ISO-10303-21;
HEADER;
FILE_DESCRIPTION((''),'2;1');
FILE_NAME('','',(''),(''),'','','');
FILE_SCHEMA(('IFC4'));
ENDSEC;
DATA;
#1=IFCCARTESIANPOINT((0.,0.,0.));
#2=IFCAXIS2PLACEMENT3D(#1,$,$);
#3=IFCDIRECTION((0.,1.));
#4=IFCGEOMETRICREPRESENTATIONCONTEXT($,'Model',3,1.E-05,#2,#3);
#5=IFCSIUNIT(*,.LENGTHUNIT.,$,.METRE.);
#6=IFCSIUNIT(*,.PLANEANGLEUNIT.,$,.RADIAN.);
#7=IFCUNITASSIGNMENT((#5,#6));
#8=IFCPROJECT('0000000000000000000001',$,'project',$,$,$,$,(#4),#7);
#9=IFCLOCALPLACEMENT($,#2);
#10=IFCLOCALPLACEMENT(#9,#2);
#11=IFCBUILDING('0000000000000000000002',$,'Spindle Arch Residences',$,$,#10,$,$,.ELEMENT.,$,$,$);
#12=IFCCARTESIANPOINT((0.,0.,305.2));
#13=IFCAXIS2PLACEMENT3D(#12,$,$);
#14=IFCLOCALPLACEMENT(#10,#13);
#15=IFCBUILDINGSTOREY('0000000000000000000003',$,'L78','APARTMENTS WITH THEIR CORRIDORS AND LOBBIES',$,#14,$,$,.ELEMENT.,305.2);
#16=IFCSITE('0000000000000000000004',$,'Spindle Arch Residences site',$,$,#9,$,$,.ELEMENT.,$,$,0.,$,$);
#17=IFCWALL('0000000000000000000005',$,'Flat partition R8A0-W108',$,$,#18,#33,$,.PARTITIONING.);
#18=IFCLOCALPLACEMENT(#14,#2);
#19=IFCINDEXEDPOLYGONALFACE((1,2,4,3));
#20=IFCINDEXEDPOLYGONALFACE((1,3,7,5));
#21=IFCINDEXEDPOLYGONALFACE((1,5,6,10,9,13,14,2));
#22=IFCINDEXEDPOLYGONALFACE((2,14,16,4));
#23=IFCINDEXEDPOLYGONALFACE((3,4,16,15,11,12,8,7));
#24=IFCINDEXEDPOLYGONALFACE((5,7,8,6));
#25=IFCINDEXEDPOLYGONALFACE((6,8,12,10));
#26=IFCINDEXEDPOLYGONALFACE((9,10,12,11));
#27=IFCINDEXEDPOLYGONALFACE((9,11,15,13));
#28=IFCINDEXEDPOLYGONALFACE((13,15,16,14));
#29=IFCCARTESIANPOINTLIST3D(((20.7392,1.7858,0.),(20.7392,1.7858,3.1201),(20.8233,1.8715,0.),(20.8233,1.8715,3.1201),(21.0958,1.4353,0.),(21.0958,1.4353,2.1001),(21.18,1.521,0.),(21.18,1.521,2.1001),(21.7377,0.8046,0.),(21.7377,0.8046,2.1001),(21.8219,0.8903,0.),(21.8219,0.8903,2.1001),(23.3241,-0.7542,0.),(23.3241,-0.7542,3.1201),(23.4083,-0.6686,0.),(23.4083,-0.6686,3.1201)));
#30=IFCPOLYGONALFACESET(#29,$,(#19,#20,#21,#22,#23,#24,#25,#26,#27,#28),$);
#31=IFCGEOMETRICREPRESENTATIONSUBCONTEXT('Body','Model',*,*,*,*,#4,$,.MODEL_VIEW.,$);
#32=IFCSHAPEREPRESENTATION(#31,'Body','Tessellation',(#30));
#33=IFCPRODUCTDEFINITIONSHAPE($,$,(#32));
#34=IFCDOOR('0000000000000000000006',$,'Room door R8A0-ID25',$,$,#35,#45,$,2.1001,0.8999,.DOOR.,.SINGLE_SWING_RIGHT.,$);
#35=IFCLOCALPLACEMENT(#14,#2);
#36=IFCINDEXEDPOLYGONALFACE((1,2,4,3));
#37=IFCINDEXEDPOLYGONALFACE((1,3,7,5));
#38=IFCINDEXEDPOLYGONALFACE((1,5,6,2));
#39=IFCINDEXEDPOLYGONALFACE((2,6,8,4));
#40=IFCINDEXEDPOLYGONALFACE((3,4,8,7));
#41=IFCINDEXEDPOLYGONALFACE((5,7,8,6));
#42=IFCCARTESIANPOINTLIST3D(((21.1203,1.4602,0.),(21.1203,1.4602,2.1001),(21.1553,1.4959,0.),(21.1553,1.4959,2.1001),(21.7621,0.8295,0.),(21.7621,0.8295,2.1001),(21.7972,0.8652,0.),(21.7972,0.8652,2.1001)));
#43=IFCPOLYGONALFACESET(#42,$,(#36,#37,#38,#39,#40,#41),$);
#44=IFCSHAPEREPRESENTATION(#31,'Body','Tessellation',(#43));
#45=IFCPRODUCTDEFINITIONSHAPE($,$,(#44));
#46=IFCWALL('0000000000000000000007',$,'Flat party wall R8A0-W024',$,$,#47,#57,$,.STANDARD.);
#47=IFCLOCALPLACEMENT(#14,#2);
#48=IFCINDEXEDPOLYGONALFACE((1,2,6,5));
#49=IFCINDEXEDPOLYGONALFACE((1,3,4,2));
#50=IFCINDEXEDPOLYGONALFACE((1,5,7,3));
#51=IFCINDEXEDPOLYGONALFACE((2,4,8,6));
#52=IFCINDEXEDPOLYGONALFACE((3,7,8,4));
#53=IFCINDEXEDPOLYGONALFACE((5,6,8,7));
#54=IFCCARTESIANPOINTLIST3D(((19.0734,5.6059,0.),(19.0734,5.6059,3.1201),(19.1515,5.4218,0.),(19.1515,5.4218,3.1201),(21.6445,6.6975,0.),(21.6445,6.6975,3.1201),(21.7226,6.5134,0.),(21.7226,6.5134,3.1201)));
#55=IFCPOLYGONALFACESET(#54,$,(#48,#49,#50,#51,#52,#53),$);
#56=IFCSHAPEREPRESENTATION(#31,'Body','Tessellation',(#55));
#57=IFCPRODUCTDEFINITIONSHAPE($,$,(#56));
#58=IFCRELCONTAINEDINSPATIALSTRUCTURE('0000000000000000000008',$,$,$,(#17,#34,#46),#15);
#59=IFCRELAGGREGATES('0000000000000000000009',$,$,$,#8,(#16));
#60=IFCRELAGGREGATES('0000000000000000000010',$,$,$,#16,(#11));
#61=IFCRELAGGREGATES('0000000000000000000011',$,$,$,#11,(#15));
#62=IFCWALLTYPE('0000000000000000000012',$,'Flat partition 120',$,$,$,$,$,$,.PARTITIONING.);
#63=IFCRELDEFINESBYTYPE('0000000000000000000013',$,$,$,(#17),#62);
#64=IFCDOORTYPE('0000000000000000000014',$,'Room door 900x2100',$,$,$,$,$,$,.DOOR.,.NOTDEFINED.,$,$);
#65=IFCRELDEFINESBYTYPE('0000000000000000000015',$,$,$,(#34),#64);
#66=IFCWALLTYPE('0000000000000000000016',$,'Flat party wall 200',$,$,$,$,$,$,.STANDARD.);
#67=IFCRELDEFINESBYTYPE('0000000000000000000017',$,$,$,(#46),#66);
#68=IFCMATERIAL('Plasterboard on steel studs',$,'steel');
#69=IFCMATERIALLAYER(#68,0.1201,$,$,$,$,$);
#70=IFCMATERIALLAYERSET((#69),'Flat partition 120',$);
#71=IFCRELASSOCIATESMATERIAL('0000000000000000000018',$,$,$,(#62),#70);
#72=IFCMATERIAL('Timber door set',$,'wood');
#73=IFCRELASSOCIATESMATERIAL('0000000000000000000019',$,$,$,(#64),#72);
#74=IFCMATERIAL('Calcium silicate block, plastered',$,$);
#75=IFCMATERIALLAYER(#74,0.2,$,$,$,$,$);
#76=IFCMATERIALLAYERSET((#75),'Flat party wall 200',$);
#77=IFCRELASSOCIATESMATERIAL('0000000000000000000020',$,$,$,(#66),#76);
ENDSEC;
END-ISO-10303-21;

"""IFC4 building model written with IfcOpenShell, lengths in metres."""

from ifc_helpers import new_model, si_unit, direction, frame, frame_2d, origin, place, context, subcontext, project, spatial, rectangle, extrude, material, layer, layer_set, type_object, element, fill, save


model = new_model("IFC4")

# Units and contexts
model_context = context("Model", 3, precision=1e-05, world=origin(), true_north=direction((0.0, 1.0)))
body_context = subcontext(model_context, "Body", "Model", "MODEL_VIEW")
ifc_project = project(units=[si_unit("LENGTHUNIT", "METRE"), si_unit("PLANEANGLEUNIT", "RADIAN")], contexts=[model_context])

# Site, building, storey
site_placement = place(None, origin())
site = spatial("IfcSite", under=ifc_project, at=site_placement, Name="Spindle Arch Residences site", CompositionType="ELEMENT", RefElevation=0.0)
building_placement = place(site_placement, origin())
building = spatial("IfcBuilding", under=site, at=building_placement, Name="Spindle Arch Residences", CompositionType="ELEMENT")
storey_placement = place(building_placement, frame((0.0, 0.0, 305.2)))
storey = spatial("IfcBuildingStorey", under=building, at=storey_placement, Name="L78", Description="APARTMENTS WITH THEIR CORRIDORS AND LOBBIES", CompositionType="ELEMENT", Elevation=305.2)

# Shared definitions
ifc_material_1 = material(Name="Plasterboard on steel studs", Category="steel")
ifc_layer_1 = layer(ifc_material_1, 0.1201)
ifc_layer_set_1 = layer_set([ifc_layer_1], Name="Flat partition 120")
wall_type_1 = type_object("IfcWallType", Name="Flat partition 120", PredefinedType="PARTITIONING", material=ifc_layer_set_1)
ifc_material_2 = material(Name="Timber door set", Category="wood")
door_type_1 = type_object("IfcDoorType", Name="Room door 900x2100", OperationType="NOTDEFINED", PredefinedType="DOOR", material=ifc_material_2)

# Wall, opening, door
wall_1_placement = place(storey_placement, frame((20.7812, 1.8286, 0.0), z_axis=(0.0, 0.0, 1.0), x_axis=(0.713277, -0.700882, 0.0)))
wall_1 = element("IfcWall", 1, at=wall_1_placement, inside=storey, type_object=wall_type_1, Name="Flat partition R8A0-W108", PredefinedType="PARTITIONING", context=body_context, shape_type="SweptSolid", body=[
    extrude(rectangle(XDim=3.624, YDim=0.1201, at=frame_2d((1.812, 0.0))), origin(), (0.0, 0.0, 1.0), 3.1201),
])
opening_1_placement = place(wall_1_placement, frame((0.5, 0.0, 0.0)))
opening_1 = element("IfcOpeningElement", 2, at=opening_1_placement, cuts=wall_1, PredefinedType="OPENING", context=body_context, shape_type="SweptSolid", body=[
    extrude(rectangle(XDim=0.8999, YDim=2.1001, at=frame_2d((0.45, 1.05))), frame((0.0, 0.0701, 0.0), z_axis=(0.0, -1.0, 0.0), x_axis=(1.0, 0.0, 0.0)), (0.0, 0.0, 1.0), 0.1401),
])
door_1_placement = place(opening_1_placement, origin())
door_1 = element("IfcDoor", 3, at=door_1_placement, inside=storey, type_object=door_type_1, Name="Room door R8A0-ID25", OperationType="SINGLE_SWING_RIGHT", OverallHeight=2.1001, OverallWidth=0.8999, PredefinedType="DOOR", context=body_context, shape_type="SweptSolid", body=[
    extrude(rectangle(XDim=0.8999, YDim=2.1001, at=frame_2d((0.45, 1.05))), frame((0.0, 0.0249, 0.0), z_axis=(0.0, -1.0, 0.0), x_axis=(1.0, 0.0, 0.0)), (0.0, 0.0, 1.0), 0.05),
])
fill(opening_1, door_1)

# Wall
ifc_material_3 = material(Name="Calcium silicate block, plastered")
ifc_layer_2 = layer(ifc_material_3, 0.2)
ifc_layer_set_2 = layer_set([ifc_layer_2], Name="Flat party wall 200")
wall_type_2 = type_object("IfcWallType", Name="Flat party wall 200", PredefinedType="STANDARD", material=ifc_layer_set_2)
wall_2_placement = place(storey_placement, frame((19.1125, 5.5139, 0.0), z_axis=(0.0, 0.0, 1.0), x_axis=(0.920478, 0.390795, 0.0)))
element("IfcWall", 4, at=wall_2_placement, inside=storey, type_object=wall_type_2, Name="Flat party wall R8A0-W024", PredefinedType="STANDARD", context=body_context, shape_type="SweptSolid", body=[
    extrude(rectangle(XDim=2.7932, YDim=0.2, at=frame_2d((1.3965, 0.0))), origin(), (0.0, 0.0, 1.0), 3.1201),
])

save(model, "model.ifc")
